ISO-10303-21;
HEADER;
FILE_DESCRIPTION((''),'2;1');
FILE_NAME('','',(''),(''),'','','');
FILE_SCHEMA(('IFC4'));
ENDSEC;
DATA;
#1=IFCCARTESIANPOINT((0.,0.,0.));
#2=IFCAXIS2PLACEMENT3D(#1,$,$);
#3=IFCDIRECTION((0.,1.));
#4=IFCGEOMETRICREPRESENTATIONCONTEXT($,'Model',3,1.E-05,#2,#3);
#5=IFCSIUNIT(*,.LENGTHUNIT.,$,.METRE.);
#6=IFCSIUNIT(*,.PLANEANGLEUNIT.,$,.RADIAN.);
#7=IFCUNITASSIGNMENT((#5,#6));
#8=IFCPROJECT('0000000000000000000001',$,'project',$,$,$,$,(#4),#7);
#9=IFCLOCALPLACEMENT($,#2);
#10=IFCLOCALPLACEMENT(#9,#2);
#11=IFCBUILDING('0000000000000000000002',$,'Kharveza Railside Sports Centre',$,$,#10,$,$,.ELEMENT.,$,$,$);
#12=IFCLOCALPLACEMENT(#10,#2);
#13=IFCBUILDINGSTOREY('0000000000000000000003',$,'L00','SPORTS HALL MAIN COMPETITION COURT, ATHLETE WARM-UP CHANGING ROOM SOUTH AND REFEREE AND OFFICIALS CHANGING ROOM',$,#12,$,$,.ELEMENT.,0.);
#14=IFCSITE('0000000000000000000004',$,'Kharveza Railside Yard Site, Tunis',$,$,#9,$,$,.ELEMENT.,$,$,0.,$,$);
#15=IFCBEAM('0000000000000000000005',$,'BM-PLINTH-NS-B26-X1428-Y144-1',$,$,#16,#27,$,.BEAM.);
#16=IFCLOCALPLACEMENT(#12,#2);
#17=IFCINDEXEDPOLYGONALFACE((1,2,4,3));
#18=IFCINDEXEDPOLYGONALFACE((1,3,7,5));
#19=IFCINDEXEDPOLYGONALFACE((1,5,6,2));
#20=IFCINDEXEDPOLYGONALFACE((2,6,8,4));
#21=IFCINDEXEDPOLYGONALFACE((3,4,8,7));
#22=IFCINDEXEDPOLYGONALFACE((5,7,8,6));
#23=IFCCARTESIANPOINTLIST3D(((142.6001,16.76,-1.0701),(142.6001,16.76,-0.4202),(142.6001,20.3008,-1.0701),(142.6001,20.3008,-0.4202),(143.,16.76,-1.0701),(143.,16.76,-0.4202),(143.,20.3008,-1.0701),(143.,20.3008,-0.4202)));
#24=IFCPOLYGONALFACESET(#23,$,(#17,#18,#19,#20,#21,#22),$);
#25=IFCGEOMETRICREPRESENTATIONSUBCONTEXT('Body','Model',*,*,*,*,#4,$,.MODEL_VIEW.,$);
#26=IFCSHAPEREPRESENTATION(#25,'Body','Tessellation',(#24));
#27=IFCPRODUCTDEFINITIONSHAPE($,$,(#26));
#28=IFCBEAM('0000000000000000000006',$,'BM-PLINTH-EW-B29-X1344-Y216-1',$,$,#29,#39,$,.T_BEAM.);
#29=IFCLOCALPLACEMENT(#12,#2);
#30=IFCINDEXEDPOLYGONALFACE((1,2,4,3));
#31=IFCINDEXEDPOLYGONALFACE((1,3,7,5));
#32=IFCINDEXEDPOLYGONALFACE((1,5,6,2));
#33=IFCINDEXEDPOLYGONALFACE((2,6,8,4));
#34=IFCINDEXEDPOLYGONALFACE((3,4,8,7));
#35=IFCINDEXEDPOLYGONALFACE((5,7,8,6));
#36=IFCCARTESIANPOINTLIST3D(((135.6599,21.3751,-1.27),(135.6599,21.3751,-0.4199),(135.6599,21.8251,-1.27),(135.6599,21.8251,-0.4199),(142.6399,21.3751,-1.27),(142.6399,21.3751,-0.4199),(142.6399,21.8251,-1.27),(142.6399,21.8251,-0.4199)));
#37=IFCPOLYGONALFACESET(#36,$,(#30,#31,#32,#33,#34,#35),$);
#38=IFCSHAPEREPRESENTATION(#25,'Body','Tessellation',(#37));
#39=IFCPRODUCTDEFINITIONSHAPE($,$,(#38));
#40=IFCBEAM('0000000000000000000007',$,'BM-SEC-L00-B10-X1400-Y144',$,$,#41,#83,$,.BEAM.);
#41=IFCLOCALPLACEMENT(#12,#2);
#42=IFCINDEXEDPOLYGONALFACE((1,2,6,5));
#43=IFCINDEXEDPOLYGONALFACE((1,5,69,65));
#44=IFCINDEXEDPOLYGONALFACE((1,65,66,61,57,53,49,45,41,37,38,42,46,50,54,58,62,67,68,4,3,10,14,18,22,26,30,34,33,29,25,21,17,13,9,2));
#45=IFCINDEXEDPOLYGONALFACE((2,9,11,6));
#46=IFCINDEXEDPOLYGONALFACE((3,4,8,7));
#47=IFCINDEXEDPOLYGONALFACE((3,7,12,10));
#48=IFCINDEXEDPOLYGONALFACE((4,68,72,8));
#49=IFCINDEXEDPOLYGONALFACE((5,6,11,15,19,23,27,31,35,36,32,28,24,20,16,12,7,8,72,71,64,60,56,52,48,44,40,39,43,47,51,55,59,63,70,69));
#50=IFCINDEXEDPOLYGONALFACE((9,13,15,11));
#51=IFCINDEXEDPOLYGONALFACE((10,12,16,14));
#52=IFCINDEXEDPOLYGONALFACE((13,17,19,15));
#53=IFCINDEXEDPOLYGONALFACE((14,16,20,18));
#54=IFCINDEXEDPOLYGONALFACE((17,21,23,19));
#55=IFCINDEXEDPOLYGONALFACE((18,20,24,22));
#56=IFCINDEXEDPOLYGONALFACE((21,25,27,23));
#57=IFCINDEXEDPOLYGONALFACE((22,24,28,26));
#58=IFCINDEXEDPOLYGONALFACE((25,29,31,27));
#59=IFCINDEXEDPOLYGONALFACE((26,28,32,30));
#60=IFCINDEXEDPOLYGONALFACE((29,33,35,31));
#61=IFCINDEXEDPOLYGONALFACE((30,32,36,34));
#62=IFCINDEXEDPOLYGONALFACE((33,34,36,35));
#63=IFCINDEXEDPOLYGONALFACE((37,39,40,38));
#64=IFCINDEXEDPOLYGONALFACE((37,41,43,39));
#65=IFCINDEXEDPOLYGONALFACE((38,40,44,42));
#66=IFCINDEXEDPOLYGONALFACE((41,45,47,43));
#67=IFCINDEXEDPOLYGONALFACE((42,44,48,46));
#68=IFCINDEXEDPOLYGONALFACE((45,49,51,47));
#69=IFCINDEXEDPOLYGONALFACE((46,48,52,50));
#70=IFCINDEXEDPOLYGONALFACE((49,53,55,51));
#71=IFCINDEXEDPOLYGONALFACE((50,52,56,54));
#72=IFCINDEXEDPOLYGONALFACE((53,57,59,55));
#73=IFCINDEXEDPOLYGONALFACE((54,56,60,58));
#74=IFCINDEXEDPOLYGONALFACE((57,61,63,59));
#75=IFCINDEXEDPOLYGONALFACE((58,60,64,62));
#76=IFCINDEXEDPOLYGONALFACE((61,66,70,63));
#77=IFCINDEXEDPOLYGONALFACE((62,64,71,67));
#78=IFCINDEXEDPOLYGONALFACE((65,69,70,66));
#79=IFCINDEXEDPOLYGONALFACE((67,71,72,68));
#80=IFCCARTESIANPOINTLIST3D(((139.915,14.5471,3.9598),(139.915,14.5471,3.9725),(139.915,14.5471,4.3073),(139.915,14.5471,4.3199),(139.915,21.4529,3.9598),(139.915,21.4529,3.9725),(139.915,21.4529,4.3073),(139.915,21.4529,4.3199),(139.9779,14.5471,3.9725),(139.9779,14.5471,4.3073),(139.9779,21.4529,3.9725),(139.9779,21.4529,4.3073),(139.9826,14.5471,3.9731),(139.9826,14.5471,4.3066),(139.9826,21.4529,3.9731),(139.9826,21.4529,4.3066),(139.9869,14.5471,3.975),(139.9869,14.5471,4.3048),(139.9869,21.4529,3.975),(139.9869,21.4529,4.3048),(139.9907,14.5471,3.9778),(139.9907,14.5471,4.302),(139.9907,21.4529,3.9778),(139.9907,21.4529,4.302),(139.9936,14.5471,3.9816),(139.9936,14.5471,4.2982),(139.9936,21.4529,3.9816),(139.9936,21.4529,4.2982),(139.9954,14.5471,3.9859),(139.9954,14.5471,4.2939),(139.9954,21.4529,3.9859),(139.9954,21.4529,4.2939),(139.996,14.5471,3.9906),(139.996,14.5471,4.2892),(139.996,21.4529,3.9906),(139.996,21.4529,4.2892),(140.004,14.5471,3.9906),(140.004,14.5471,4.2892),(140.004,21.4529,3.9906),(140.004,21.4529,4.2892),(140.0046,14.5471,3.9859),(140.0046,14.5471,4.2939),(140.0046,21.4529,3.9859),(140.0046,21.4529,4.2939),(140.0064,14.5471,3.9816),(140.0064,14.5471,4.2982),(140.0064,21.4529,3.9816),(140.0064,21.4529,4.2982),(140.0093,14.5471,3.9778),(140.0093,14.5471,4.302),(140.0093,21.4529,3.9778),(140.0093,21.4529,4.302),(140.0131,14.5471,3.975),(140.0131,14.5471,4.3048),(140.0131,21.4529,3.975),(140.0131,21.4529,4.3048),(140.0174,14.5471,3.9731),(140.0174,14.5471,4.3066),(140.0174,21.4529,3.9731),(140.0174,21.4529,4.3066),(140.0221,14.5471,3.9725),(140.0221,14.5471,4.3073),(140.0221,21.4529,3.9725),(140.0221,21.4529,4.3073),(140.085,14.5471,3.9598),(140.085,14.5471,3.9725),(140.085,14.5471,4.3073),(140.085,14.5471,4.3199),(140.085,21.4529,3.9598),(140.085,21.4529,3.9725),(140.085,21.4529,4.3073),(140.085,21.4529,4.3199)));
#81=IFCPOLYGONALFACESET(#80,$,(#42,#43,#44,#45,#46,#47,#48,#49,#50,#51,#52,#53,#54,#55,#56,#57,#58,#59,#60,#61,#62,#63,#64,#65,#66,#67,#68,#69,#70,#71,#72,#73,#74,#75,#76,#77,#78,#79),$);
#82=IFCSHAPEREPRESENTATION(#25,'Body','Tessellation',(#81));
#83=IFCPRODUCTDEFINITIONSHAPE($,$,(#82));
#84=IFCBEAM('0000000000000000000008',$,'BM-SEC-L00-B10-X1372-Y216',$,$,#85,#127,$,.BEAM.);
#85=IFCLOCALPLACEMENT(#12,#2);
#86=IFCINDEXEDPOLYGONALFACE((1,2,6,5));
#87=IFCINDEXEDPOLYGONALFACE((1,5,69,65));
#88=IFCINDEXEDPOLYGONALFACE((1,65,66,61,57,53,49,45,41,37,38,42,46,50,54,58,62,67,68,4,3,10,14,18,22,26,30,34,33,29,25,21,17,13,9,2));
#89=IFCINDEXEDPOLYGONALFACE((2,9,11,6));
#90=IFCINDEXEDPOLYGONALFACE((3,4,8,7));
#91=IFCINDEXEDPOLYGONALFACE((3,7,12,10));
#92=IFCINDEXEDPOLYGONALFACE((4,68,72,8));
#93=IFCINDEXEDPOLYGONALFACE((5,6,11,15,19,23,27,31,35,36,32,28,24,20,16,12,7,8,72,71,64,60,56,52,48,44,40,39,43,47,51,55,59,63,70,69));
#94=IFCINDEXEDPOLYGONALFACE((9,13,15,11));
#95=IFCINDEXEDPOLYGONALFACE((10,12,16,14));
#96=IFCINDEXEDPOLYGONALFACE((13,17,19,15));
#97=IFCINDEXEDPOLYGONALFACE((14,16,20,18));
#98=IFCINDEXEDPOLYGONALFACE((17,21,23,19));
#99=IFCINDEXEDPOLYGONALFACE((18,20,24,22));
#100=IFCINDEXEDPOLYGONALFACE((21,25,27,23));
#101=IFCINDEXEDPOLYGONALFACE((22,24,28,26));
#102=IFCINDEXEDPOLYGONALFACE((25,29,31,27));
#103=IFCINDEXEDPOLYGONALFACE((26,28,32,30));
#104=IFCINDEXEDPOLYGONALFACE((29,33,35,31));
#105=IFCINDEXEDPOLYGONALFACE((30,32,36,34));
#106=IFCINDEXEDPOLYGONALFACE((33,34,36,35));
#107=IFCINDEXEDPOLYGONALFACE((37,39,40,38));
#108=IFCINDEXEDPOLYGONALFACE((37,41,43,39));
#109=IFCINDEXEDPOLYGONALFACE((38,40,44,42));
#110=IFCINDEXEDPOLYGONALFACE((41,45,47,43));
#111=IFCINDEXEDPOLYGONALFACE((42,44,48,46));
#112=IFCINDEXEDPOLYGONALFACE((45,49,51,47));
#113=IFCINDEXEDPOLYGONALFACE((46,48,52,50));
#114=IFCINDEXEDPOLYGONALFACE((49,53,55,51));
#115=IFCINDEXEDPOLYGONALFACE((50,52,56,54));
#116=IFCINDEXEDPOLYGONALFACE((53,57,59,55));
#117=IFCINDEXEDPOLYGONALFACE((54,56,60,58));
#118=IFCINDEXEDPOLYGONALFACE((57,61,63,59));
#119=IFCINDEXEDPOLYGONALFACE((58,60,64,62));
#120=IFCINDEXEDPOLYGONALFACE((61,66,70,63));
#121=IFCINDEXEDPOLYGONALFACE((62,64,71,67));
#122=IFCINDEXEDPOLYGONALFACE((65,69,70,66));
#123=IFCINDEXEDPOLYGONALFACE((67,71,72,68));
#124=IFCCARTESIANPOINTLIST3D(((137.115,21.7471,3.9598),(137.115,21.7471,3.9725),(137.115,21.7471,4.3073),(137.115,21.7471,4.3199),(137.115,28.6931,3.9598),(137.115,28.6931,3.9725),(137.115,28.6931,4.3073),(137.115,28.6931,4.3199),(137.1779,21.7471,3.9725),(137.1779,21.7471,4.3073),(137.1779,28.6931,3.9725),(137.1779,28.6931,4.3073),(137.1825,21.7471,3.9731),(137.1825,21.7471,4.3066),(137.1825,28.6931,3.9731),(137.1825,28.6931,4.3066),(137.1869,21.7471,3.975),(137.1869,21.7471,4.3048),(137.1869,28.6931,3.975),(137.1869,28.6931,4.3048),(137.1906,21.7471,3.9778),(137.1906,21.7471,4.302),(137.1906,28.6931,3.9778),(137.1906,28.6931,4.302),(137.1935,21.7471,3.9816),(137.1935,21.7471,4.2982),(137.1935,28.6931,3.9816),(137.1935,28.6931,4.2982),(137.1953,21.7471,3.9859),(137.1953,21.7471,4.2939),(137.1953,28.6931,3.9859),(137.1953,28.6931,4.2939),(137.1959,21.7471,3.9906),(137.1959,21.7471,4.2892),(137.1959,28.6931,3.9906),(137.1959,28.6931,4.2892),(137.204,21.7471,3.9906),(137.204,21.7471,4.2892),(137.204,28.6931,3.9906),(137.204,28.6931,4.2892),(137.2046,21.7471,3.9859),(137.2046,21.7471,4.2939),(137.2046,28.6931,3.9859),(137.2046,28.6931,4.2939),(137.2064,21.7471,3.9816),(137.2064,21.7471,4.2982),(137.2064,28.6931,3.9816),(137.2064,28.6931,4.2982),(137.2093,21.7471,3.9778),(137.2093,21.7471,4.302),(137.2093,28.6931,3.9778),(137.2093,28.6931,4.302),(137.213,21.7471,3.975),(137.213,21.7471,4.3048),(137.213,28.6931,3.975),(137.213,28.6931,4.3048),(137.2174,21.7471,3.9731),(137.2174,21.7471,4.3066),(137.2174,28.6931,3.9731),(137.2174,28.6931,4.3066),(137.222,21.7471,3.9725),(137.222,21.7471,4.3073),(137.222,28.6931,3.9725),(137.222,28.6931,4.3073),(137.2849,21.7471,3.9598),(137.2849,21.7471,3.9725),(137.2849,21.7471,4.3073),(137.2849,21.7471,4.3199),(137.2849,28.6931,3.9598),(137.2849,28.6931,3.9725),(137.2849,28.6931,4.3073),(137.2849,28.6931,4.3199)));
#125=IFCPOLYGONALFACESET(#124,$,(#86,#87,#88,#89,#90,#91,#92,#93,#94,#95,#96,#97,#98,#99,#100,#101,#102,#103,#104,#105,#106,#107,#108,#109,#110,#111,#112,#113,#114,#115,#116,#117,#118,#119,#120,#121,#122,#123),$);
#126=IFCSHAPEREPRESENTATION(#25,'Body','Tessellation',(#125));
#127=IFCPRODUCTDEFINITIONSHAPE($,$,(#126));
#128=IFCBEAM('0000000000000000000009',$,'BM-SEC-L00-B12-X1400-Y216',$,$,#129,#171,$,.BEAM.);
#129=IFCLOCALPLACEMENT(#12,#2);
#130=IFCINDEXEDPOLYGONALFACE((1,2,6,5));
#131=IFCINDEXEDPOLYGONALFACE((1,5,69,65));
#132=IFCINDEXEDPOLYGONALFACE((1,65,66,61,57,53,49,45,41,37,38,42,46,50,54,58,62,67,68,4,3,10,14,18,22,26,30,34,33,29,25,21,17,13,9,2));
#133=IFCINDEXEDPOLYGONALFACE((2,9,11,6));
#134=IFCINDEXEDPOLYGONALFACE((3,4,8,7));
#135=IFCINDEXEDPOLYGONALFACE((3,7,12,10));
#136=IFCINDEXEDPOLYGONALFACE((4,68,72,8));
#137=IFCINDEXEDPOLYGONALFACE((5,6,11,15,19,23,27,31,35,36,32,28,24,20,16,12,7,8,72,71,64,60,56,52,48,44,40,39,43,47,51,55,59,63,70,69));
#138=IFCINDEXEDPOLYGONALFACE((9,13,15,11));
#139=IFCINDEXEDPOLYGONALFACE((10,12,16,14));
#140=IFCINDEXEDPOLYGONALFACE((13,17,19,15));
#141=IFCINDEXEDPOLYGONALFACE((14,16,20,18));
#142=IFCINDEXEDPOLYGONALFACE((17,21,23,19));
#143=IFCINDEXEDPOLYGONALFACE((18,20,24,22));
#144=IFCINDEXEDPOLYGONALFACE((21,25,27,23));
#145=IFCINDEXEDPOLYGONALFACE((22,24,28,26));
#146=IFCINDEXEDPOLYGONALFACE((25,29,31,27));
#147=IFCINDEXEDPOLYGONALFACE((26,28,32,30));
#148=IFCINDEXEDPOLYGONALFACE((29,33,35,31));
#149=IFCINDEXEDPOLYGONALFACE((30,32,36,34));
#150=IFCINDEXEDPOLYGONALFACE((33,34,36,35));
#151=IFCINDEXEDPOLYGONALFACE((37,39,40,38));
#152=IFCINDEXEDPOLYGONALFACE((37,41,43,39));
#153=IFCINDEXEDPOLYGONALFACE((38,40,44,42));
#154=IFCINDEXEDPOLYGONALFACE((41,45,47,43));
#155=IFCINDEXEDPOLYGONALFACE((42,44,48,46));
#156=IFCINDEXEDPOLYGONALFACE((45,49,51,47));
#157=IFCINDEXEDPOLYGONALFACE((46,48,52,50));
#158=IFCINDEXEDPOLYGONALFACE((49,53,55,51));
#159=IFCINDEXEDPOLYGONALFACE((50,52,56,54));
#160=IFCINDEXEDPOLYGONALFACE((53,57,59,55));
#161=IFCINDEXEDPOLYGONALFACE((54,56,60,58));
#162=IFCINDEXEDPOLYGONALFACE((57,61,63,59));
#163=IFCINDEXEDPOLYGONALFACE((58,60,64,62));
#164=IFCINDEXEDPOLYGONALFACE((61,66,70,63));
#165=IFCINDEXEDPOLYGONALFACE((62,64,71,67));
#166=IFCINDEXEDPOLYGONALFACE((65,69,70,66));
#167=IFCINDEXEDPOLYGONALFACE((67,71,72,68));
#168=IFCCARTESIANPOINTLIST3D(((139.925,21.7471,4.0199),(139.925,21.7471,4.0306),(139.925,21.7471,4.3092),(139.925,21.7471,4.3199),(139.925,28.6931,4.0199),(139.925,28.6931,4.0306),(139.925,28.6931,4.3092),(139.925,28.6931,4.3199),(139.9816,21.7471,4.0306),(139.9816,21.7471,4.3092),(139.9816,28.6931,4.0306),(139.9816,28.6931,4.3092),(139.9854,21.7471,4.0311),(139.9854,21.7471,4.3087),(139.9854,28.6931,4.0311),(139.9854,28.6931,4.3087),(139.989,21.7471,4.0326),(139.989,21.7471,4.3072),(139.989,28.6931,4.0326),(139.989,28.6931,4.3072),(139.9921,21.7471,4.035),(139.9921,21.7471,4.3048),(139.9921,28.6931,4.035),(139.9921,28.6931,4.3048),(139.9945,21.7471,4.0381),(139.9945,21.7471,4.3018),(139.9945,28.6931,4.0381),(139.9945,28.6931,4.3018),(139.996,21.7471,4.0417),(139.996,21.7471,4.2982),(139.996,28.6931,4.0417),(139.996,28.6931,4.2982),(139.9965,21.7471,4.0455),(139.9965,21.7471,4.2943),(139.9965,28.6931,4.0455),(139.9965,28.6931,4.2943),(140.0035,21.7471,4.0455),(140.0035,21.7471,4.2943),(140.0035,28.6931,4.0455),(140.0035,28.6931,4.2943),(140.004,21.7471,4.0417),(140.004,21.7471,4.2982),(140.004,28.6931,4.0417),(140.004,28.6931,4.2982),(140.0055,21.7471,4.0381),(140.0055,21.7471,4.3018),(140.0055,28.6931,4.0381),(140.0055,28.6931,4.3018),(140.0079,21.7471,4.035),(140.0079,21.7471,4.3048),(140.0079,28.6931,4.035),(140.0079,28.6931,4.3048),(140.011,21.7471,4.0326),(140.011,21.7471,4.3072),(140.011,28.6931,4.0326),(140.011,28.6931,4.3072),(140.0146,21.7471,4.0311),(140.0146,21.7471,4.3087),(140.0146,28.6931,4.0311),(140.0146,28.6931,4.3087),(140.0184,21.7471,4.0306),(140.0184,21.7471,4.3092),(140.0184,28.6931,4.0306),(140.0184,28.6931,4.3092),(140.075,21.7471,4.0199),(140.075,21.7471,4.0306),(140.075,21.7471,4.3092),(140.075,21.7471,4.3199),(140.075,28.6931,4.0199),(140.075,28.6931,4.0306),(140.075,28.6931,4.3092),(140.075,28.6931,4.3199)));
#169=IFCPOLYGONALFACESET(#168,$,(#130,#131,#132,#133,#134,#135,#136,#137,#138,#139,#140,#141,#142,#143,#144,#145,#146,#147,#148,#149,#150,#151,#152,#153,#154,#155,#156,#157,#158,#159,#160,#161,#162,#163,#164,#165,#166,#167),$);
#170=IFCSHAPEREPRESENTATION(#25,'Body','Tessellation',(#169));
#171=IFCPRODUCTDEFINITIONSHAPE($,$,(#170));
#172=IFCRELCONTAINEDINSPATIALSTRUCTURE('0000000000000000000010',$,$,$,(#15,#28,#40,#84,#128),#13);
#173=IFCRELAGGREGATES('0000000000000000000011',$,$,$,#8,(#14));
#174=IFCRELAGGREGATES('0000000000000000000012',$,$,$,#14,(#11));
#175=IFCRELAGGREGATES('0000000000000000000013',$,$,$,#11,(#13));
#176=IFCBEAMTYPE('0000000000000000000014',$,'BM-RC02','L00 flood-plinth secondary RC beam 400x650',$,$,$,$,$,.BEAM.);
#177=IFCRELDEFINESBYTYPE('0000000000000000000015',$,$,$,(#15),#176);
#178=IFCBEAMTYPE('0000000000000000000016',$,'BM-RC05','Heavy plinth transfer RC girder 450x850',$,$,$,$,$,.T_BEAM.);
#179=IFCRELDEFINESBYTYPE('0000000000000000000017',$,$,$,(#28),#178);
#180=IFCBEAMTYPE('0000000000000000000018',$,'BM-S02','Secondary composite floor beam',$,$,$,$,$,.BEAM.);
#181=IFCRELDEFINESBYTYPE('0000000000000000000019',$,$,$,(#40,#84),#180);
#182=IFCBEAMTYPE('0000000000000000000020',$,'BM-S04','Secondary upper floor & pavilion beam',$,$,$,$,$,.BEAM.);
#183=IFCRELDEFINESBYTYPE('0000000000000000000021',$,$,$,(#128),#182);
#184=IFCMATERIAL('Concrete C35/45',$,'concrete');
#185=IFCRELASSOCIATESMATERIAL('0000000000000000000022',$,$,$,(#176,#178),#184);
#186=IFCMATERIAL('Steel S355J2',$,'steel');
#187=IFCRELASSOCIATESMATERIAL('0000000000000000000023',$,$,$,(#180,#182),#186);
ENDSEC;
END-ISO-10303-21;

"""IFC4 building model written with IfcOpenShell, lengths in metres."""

from ifc_helpers import new_model, si_unit, direction, frame, origin, origin_2d, place, context, subcontext, project, spatial, rectangle, i_section, extrude, material, material_profile, profile_set, type_object, element, save


model = new_model("IFC4")

# Units and contexts
model_context = context("Model", 3, precision=1e-05, world=origin(), true_north=direction((0.0, 1.0)))
body_context = subcontext(model_context, "Body", "Model", "MODEL_VIEW")
ifc_project = project(units=[si_unit("LENGTHUNIT", "METRE"), si_unit("PLANEANGLEUNIT", "RADIAN")], contexts=[model_context])

# Site, building, storey
site_placement = place(None, origin())
site = spatial("IfcSite", under=ifc_project, at=site_placement, Name="Kharveza Railside Yard Site, Tunis", CompositionType="ELEMENT", RefElevation=0.0)
building_placement = place(site_placement, origin())
building = spatial("IfcBuilding", under=site, at=building_placement, Name="Kharveza Railside Sports Centre", CompositionType="ELEMENT")
storey_placement = place(building_placement, origin())
storey = spatial("IfcBuildingStorey", under=building, at=storey_placement, Name="L00", Description="SPORTS HALL MAIN COMPETITION COURT, ATHLETE WARM-UP CHANGING ROOM SOUTH AND REFEREE AND OFFICIALS CHANGING ROOM", CompositionType="ELEMENT", Elevation=0.0)

# Shared definitions
ifc_material_1 = material(Name="Concrete C35/45", Category="concrete")

# Shared definitions
ifc_material_2 = material(Name="Steel S355J2", Category="steel")

# Beams
ifc_material_profile_1 = material_profile(ifc_material_1, rectangle(XDim=0.3999, YDim=0.6499, at=origin_2d()), Name="RCB 400x650")
ifc_profile_set_1 = profile_set([ifc_material_profile_1], Name="Concrete C35/45")
beam_type_1 = type_object("IfcBeamType", Name="BM-RC02", Description="L00 flood-plinth secondary RC beam 400x650", PredefinedType="BEAM", material=ifc_profile_set_1)
beam_1_placement = place(storey_placement, frame((142.8, 16.76, -0.7451), z_axis=(0.0, 1.0, 0.0), x_axis=(-1.0, 0.0, 0.0)))
element("IfcBeam", 1, at=beam_1_placement, inside=storey, type_object=beam_type_1, Name="BM-PLINTH-NS-B26-X1428-Y144-1", PredefinedType="BEAM", context=body_context, shape_type="SweptSolid", body=[
    extrude(rectangle(XDim=0.3999, YDim=0.6499, at=origin_2d()), origin(), (0.0, 0.0, 1.0), 3.5408),
])
ifc_material_profile_2 = material_profile(ifc_material_1, rectangle(XDim=0.45, YDim=0.8501, at=origin_2d()), Name="RCB 450x850")
ifc_profile_set_2 = profile_set([ifc_material_profile_2], Name="Concrete C35/45")
beam_type_2 = type_object("IfcBeamType", Name="BM-RC05", Description="Heavy plinth transfer RC girder 450x850", PredefinedType="T_BEAM", material=ifc_profile_set_2)
beam_2_placement = place(storey_placement, frame((135.6599, 21.6001, -0.845), z_axis=(1.0, 0.0, 0.0), x_axis=(0.0, 1.0, 0.0)))
element("IfcBeam", 2, at=beam_2_placement, inside=storey, type_object=beam_type_2, Name="BM-PLINTH-EW-B29-X1344-Y216-1", PredefinedType="T_BEAM", context=body_context, shape_type="SweptSolid", body=[
    extrude(rectangle(XDim=0.45, YDim=0.8501, at=origin_2d()), origin(), (0.0, 0.0, 1.0), 6.98),
])
ifc_material_profile_3 = material_profile(ifc_material_2, i_section(OverallWidth=0.1699, OverallDepth=0.3601, WebThickness=0.0081, FlangeThickness=0.0127, FilletRadius=0.0181, at=origin_2d()), Name="IPE 360")
ifc_profile_set_3 = profile_set([ifc_material_profile_3], Name="Steel S355J2")
beam_type_3 = type_object("IfcBeamType", Name="BM-S02", Description="Secondary composite floor beam", PredefinedType="BEAM", material=ifc_profile_set_3)
beam_3_placement = place(storey_placement, frame((140.0, 14.5471, 4.1399), z_axis=(0.0, 1.0, 0.0), x_axis=(-1.0, 0.0, 0.0)))
element("IfcBeam", 3, at=beam_3_placement, inside=storey, type_object=beam_type_3, Name="BM-SEC-L00-B10-X1400-Y144", PredefinedType="BEAM", context=body_context, shape_type="SweptSolid", body=[
    extrude(i_section(OverallWidth=0.1699, OverallDepth=0.3601, WebThickness=0.0081, FlangeThickness=0.0127, FilletRadius=0.0181, at=origin_2d()), origin(), (0.0, 0.0, 1.0), 6.9058),
])
beam_4_placement = place(storey_placement, frame((137.2, 21.7471, 4.1399), z_axis=(0.0, 1.0, 0.0), x_axis=(-1.0, 0.0, 0.0)))
element("IfcBeam", 4, at=beam_4_placement, inside=storey, type_object=beam_type_3, Name="BM-SEC-L00-B10-X1372-Y216", PredefinedType="BEAM", context=body_context, shape_type="SweptSolid", body=[
    extrude(i_section(OverallWidth=0.1699, OverallDepth=0.3601, WebThickness=0.0081, FlangeThickness=0.0127, FilletRadius=0.0181, at=origin_2d()), origin(), (0.0, 0.0, 1.0), 6.946),
])
ifc_material_profile_4 = material_profile(ifc_material_2, i_section(OverallWidth=0.1499, OverallDepth=0.3, WebThickness=0.0071, FlangeThickness=0.0107, FilletRadius=0.0149, at=origin_2d()), Name="IPE 300")
ifc_profile_set_4 = profile_set([ifc_material_profile_4], Name="Steel S355J2")
beam_type_4 = type_object("IfcBeamType", Name="BM-S04", Description="Secondary upper floor & pavilion beam", PredefinedType="BEAM", material=ifc_profile_set_4)
beam_5_placement = place(storey_placement, frame((140.0, 21.7471, 4.1699), z_axis=(0.0, 1.0, 0.0), x_axis=(-1.0, 0.0, 0.0)))
element("IfcBeam", 5, at=beam_5_placement, inside=storey, type_object=beam_type_4, Name="BM-SEC-L00-B12-X1400-Y216", PredefinedType="BEAM", context=body_context, shape_type="SweptSolid", body=[
    extrude(i_section(OverallWidth=0.1499, OverallDepth=0.3, WebThickness=0.0071, FlangeThickness=0.0107, FilletRadius=0.0149, at=origin_2d()), origin(), (0.0, 0.0, 1.0), 6.946),
])

save(model, "model.ifc")
